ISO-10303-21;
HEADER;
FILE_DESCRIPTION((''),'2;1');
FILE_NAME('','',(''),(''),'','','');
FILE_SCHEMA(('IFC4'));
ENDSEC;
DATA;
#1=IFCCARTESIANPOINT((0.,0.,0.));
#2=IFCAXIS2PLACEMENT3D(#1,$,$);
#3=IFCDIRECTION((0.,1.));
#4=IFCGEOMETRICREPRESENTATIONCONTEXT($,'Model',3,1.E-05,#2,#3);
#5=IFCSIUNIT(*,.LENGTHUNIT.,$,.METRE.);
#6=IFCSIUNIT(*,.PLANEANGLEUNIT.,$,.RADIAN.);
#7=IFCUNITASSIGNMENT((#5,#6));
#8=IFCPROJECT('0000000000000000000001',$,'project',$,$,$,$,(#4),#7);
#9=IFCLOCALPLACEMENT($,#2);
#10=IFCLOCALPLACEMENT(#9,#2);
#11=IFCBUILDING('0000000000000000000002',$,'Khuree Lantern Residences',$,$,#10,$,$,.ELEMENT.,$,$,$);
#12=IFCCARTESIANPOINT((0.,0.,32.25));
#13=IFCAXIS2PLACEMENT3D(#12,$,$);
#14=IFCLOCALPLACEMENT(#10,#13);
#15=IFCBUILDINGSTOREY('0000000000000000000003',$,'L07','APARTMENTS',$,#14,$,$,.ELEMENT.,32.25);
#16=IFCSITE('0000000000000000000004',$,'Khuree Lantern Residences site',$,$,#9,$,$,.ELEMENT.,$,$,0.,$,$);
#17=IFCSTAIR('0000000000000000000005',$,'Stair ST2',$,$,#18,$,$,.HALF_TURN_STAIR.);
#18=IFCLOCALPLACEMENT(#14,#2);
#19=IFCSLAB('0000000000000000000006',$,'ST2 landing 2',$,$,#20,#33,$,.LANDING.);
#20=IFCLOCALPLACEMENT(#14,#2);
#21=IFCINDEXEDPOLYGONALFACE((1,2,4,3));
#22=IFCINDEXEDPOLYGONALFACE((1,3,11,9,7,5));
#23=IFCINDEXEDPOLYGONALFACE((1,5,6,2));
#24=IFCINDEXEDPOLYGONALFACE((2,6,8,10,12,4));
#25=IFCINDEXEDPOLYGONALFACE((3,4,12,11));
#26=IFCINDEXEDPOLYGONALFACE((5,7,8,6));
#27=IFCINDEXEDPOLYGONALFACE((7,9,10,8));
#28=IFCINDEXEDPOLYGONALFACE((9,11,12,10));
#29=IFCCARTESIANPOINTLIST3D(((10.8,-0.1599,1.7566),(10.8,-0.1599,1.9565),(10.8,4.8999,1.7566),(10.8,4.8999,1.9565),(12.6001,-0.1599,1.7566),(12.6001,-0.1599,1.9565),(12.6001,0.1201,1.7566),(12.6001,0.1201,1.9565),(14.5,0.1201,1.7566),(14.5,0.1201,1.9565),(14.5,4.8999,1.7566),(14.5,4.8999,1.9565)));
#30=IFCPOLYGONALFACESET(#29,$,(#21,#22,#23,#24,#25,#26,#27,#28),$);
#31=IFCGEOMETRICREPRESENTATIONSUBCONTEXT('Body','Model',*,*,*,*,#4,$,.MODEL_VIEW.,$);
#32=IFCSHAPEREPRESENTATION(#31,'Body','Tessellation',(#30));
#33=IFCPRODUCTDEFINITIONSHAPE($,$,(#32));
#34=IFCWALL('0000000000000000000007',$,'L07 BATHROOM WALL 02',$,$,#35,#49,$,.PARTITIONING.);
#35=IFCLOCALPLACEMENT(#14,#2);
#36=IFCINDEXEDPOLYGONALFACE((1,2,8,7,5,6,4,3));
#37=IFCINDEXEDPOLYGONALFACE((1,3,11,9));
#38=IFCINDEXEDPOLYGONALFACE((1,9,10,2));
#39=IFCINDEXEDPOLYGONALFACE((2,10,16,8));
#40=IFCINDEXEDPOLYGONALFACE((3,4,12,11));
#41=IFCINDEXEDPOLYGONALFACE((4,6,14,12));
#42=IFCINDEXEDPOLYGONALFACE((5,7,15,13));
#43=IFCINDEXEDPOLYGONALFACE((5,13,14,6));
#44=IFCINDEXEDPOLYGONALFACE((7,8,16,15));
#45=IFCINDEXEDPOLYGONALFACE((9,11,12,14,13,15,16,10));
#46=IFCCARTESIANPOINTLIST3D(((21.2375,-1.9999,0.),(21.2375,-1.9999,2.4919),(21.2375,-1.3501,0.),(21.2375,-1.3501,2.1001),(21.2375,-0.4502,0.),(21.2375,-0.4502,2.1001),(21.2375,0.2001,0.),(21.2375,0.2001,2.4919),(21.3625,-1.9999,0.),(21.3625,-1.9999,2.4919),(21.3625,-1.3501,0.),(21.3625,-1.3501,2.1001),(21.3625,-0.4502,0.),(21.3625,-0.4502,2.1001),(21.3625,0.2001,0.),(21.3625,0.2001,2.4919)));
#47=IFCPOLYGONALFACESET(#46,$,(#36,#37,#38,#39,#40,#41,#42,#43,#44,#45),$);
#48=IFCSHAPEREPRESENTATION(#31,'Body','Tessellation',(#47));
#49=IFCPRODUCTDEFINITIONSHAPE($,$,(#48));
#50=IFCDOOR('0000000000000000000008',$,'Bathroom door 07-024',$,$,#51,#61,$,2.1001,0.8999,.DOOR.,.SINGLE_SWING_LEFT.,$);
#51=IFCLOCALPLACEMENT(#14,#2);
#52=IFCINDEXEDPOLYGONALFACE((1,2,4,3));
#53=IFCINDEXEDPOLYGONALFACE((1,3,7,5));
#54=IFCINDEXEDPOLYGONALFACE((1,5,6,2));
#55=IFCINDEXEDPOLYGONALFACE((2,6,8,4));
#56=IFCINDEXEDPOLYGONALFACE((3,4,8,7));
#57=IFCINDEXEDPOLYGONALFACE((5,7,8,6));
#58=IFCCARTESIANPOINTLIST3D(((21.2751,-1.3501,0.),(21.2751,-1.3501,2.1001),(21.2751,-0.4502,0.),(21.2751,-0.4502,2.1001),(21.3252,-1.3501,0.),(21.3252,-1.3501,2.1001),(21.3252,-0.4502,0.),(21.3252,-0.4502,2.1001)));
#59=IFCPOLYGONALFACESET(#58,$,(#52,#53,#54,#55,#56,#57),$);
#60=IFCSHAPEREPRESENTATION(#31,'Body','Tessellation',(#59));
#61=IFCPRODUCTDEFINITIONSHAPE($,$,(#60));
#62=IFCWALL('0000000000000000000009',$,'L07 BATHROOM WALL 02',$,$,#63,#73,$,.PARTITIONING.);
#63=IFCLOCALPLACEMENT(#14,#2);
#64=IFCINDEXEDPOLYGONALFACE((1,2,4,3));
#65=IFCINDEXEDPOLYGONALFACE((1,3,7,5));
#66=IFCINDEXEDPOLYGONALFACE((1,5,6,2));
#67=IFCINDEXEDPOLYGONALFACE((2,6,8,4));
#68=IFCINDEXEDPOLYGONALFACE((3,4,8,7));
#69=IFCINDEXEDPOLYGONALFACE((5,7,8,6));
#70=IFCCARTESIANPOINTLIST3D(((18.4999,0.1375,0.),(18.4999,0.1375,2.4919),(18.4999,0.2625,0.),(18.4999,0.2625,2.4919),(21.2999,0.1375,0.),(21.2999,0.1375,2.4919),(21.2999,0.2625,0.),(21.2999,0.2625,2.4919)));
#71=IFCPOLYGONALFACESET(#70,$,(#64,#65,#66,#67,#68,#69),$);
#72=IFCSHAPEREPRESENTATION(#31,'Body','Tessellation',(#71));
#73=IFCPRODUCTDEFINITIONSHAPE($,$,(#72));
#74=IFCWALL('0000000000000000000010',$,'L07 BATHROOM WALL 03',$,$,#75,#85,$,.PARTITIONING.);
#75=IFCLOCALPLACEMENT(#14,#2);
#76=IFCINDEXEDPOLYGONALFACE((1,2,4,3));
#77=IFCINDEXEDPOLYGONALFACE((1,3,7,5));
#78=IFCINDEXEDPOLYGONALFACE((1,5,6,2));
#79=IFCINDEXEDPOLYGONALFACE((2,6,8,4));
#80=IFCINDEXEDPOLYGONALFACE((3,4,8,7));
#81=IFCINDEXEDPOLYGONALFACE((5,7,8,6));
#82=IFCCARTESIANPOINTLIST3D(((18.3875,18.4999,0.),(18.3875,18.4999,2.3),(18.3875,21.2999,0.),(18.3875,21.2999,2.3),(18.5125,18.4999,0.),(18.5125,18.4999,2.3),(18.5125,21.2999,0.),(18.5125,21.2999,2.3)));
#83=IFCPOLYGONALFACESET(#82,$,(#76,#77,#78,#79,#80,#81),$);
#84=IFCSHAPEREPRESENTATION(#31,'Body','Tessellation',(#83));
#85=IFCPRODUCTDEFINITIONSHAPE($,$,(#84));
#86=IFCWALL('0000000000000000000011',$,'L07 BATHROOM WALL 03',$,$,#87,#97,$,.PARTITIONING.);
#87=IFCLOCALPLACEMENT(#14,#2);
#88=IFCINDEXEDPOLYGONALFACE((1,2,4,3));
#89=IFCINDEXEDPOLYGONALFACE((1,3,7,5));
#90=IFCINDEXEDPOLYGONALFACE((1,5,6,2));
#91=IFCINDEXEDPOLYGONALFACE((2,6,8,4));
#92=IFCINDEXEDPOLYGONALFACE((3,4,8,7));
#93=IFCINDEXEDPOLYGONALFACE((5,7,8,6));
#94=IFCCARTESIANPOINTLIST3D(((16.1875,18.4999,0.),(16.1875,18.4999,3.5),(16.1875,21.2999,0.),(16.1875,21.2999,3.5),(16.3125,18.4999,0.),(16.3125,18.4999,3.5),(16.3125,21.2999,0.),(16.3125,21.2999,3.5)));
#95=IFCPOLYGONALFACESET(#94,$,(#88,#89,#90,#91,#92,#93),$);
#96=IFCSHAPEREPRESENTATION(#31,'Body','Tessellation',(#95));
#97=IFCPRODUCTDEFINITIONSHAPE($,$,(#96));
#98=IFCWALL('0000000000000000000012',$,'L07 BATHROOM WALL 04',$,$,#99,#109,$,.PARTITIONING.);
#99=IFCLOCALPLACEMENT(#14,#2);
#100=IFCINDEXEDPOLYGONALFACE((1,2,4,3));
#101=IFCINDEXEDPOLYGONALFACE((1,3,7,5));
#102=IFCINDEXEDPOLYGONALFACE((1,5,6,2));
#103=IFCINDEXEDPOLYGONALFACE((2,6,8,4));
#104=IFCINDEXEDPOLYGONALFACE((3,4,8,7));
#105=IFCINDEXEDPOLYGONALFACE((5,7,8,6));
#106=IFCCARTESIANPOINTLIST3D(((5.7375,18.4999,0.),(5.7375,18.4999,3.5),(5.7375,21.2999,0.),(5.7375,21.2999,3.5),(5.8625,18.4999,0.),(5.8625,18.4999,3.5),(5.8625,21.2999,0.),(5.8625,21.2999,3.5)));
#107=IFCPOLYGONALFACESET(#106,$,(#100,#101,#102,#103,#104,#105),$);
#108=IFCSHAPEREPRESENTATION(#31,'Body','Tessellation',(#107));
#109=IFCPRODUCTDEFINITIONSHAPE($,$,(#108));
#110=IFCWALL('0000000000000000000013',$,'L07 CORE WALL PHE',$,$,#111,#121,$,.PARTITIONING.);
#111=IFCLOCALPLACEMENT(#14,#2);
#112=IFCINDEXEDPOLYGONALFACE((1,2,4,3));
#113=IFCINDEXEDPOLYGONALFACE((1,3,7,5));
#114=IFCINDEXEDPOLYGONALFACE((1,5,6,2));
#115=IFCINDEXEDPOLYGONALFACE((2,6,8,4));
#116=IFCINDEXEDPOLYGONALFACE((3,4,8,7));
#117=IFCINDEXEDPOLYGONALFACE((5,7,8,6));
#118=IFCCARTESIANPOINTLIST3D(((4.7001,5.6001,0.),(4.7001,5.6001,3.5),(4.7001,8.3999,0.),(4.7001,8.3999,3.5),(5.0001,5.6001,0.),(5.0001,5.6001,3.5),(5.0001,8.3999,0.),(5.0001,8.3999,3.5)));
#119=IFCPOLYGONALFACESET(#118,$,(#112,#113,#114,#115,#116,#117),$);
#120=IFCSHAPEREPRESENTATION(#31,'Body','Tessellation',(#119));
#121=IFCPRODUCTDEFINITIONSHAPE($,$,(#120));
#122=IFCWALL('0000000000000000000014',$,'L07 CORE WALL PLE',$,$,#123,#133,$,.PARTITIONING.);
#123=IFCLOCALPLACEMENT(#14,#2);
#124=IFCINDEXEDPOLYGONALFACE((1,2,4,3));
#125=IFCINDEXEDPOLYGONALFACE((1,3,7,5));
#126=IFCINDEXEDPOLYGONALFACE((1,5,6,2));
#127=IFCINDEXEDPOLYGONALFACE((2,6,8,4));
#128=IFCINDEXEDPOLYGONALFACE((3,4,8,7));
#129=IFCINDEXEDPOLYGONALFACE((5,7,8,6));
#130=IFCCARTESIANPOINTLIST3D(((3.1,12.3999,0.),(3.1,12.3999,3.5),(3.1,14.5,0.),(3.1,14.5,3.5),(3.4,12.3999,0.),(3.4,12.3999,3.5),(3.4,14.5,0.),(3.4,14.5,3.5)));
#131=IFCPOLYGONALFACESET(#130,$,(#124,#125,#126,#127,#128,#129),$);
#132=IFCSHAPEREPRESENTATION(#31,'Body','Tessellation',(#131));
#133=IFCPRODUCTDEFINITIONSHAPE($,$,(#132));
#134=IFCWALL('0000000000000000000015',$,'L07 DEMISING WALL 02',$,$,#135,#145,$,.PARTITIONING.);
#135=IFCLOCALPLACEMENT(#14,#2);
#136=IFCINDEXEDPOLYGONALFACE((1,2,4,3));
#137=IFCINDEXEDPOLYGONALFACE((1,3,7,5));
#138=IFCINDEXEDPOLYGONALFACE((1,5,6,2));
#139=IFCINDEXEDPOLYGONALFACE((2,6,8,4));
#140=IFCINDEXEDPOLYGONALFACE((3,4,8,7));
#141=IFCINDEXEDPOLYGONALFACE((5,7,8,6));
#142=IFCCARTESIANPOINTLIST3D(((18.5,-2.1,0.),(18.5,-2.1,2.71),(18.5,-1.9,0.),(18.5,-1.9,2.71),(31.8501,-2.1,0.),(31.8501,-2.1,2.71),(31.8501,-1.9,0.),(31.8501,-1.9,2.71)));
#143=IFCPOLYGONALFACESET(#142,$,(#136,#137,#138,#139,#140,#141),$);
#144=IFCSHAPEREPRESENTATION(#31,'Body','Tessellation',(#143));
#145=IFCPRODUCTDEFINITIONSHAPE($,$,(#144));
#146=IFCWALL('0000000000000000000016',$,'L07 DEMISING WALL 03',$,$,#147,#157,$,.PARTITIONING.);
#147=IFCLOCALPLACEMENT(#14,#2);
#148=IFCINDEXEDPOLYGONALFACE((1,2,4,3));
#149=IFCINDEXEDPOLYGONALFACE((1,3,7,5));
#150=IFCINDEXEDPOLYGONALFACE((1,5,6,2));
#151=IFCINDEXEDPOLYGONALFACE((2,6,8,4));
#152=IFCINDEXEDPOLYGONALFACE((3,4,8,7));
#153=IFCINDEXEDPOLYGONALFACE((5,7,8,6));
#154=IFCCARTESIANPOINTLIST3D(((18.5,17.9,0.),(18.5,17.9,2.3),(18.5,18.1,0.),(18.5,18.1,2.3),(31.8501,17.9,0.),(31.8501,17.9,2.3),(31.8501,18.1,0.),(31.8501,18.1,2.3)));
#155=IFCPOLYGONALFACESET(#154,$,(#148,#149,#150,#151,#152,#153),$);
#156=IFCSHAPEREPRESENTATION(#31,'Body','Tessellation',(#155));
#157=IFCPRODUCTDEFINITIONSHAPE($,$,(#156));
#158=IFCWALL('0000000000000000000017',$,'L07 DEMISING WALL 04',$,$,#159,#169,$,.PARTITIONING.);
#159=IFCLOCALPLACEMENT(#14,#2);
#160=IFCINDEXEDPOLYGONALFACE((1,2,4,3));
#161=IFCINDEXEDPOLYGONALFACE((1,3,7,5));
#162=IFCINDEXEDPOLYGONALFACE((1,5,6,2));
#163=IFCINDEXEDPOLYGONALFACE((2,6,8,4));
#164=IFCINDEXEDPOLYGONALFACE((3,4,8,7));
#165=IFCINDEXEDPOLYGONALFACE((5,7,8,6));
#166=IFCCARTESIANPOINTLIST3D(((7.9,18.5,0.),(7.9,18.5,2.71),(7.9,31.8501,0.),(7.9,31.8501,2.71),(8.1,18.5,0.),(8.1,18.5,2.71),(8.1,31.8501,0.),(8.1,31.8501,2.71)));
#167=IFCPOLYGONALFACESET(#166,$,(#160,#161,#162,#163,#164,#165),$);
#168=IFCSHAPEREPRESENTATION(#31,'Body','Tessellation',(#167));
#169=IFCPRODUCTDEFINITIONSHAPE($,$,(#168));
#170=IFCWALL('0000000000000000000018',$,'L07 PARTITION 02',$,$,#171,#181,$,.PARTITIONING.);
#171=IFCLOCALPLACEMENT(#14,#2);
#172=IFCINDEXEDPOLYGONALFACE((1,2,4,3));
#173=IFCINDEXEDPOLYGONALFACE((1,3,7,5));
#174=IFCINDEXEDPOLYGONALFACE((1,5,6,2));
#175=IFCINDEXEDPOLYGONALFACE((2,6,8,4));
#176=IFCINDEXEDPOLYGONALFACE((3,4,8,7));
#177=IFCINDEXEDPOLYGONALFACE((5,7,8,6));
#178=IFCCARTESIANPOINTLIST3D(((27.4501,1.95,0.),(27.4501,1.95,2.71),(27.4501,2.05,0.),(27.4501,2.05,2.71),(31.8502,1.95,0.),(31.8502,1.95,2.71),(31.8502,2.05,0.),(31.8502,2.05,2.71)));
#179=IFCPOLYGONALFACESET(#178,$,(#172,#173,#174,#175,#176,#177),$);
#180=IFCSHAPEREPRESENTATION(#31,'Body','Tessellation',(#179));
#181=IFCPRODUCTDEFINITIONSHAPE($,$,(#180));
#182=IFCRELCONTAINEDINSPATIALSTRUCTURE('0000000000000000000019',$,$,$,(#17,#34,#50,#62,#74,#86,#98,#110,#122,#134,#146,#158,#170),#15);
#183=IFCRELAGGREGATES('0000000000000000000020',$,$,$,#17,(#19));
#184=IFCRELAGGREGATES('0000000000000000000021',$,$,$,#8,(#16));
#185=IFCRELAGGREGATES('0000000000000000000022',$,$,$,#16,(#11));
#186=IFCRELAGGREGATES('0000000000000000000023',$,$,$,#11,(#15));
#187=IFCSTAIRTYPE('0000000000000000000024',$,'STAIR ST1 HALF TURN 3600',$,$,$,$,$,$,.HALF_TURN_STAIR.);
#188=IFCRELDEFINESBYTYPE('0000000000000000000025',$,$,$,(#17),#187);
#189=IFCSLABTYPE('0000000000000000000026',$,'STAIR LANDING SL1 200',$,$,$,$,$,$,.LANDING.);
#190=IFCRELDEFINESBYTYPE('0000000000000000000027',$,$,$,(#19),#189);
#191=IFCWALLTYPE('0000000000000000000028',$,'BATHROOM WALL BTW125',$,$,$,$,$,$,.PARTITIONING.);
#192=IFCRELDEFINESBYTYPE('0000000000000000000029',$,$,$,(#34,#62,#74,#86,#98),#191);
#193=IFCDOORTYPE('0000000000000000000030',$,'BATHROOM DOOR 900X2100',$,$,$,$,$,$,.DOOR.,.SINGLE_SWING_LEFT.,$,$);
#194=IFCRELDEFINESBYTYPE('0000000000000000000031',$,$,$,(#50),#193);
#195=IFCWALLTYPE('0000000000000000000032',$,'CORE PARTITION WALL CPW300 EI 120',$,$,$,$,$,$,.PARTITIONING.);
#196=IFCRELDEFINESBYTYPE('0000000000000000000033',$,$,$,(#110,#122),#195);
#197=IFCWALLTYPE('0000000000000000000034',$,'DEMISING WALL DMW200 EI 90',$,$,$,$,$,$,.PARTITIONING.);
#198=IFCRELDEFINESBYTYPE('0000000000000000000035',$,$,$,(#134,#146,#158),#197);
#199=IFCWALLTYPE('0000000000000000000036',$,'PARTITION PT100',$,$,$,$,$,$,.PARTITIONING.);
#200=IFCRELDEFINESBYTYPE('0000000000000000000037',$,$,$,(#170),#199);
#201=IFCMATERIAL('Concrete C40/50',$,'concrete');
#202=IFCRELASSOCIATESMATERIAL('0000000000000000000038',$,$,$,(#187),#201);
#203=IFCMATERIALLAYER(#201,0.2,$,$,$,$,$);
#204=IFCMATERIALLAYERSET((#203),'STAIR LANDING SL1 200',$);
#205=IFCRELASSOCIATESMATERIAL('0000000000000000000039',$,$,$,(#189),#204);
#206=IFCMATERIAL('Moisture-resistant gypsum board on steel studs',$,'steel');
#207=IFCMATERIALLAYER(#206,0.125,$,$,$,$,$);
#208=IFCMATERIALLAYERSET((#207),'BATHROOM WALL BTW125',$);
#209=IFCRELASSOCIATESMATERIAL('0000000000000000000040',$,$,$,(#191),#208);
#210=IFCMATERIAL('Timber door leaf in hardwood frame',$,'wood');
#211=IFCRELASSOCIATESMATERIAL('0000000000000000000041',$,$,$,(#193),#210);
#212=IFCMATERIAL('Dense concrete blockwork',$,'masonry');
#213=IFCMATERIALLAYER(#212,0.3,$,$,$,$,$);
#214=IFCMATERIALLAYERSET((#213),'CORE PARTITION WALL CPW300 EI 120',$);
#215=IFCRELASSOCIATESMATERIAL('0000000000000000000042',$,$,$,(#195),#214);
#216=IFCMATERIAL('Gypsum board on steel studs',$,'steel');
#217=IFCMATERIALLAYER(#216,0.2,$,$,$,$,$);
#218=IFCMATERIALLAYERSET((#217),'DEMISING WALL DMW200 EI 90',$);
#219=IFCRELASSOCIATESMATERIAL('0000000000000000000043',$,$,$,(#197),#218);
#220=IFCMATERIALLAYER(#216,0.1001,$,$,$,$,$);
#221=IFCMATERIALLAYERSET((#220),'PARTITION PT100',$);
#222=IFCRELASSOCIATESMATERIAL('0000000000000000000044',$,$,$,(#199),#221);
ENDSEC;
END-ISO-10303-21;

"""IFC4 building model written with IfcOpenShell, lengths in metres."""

from ifc_helpers import new_model, si_unit, direction, frame, frame_2d, origin, place, context, subcontext, project, spatial, polyline, rectangle, outline, extrude, material, layer, layer_set, type_object, element, fill, aggregate, save


model = new_model("IFC4")

# Units and contexts
model_context = context("Model", 3, precision=1e-05, world=origin(), true_north=direction((0.0, 1.0)))
body_context = subcontext(model_context, "Body", "Model", "MODEL_VIEW")
ifc_project = project(units=[si_unit("LENGTHUNIT", "METRE"), si_unit("PLANEANGLEUNIT", "RADIAN")], contexts=[model_context])

# Site, building, storey
site_placement = place(None, origin())
site = spatial("IfcSite", under=ifc_project, at=site_placement, Name="Khuree Lantern Residences site", CompositionType="ELEMENT", RefElevation=0.0)
building_placement = place(site_placement, origin())
building = spatial("IfcBuilding", under=site, at=building_placement, Name="Khuree Lantern Residences", CompositionType="ELEMENT")
storey_placement = place(building_placement, frame((0.0, 0.0, 32.25)))
storey = spatial("IfcBuildingStorey", under=building, at=storey_placement, Name="L07", Description="APARTMENTS", CompositionType="ELEMENT", Elevation=32.25)

# Stair, slab
ifc_material_1 = material(Name="Concrete C40/50", Category="concrete")
stair_type = type_object("IfcStairType", Name="STAIR ST1 HALF TURN 3600", PredefinedType="HALF_TURN_STAIR", material=ifc_material_1)
ifc_layer_1 = layer(ifc_material_1, 0.2)
ifc_layer_set_1 = layer_set([ifc_layer_1], Name="STAIR LANDING SL1 200")
slab_type_1 = type_object("IfcSlabType", Name="STAIR LANDING SL1 200", PredefinedType="LANDING", material=ifc_layer_set_1)
stair_1_placement = place(storey_placement, origin())
stair_1 = element("IfcStair", 1, at=stair_1_placement, inside=storey, type_object=stair_type, Name="Stair ST2", PredefinedType="HALF_TURN_STAIR")
slab_1_placement = place(storey_placement, frame((0.0, 0.0, 1.7566)))
slab_1 = element("IfcSlab", 2, at=slab_1_placement, type_object=slab_type_1, Name="ST2 landing 2", PredefinedType="LANDING", context=body_context, shape_type="SweptSolid", body=[
    extrude(outline(polyline([(14.5, 4.8999), (14.5, 0.1201), (12.6001, 0.1201), (12.6001, -0.1599), (10.8, -0.1599), (10.8, 4.8999), (14.5, 4.8999)])), origin(), (0.0, 0.0, 1.0), 0.2),
])

# Wall, opening, door
ifc_material_2 = material(Name="Moisture-resistant gypsum board on steel studs", Category="steel")
ifc_layer_2 = layer(ifc_material_2, 0.125)
ifc_layer_set_2 = layer_set([ifc_layer_2], Name="BATHROOM WALL BTW125")
wall_type_1 = type_object("IfcWallType", Name="BATHROOM WALL BTW125", PredefinedType="PARTITIONING", material=ifc_layer_set_2)
wall_1_placement = place(storey_placement, frame((21.3, -2.0, 0.0), z_axis=(0.0, 0.0, 1.0), x_axis=(0.0, 1.0, 0.0)))
wall_1 = element("IfcWall", 3, at=wall_1_placement, inside=storey, type_object=wall_type_1, Name="L07 BATHROOM WALL 02", PredefinedType="PARTITIONING", context=body_context, shape_type="SweptSolid", body=[
    extrude(rectangle(XDim=2.2, YDim=0.125, at=frame_2d((1.1001, 0.0))), origin(), (0.0, 0.0, 1.0), 2.4919),
])
opening_placement = place(wall_1_placement, frame((0.6499, 0.0, 0.0)))
opening = element("IfcOpeningElement", 4, at=opening_placement, cuts=wall_1, PredefinedType="OPENING", context=body_context, shape_type="SweptSolid", body=[
    extrude(rectangle(XDim=0.8999, YDim=2.1001, at=frame_2d((0.45, 1.05))), frame((0.0, 0.0725, 0.0), z_axis=(0.0, -1.0, 0.0), x_axis=(1.0, 0.0, 0.0)), (0.0, 0.0, 1.0), 0.145),
])
ifc_material_3 = material(Name="Timber door leaf in hardwood frame", Category="wood")
door_type = type_object("IfcDoorType", Name="BATHROOM DOOR 900X2100", OperationType="SINGLE_SWING_LEFT", PredefinedType="DOOR", material=ifc_material_3)
door_placement = place(opening_placement, origin())
door = element("IfcDoor", 5, at=door_placement, inside=storey, type_object=door_type, Name="Bathroom door 07-024", OperationType="SINGLE_SWING_LEFT", OverallHeight=2.1001, OverallWidth=0.8999, PredefinedType="DOOR", context=body_context, shape_type="SweptSolid", body=[
    extrude(rectangle(XDim=0.8999, YDim=2.1001, at=frame_2d((0.45, 1.05))), frame((0.0, 0.0249, 0.0), z_axis=(0.0, -1.0, 0.0), x_axis=(1.0, 0.0, 0.0)), (0.0, 0.0, 1.0), 0.05),
])
fill(opening, door)

# Walls
wall_2_placement = place(storey_placement, frame((18.5, 0.2, 0.0), z_axis=(0.0, 0.0, 1.0), x_axis=(1.0, 0.0, 0.0)))
element("IfcWall", 6, at=wall_2_placement, inside=storey, type_object=wall_type_1, Name="L07 BATHROOM WALL 02", PredefinedType="PARTITIONING", context=body_context, shape_type="SweptSolid", body=[
    extrude(rectangle(XDim=2.8, YDim=0.125, at=frame_2d((1.3999, 0.0))), origin(), (0.0, 0.0, 1.0), 2.4919),
])
wall_3_placement = place(storey_placement, frame((18.45, 18.5, 0.0), z_axis=(0.0, 0.0, 1.0), x_axis=(0.0, 1.0, 0.0)))
element("IfcWall", 7, at=wall_3_placement, inside=storey, type_object=wall_type_1, Name="L07 BATHROOM WALL 03", PredefinedType="PARTITIONING", context=body_context, shape_type="SweptSolid", body=[
    extrude(rectangle(XDim=2.8, YDim=0.125, at=frame_2d((1.3999, 0.0))), origin(), (0.0, 0.0, 1.0), 2.3),
])
for number, where, z_axis, x_axis, name in (
    (8, (16.25, 18.5, 0.0), (0.0, 0.0, 1.0), (0.0, 1.0, 0.0), "L07 BATHROOM WALL 03"),
    (9, (5.8, 18.5, 0.0), (0.0, 0.0, 1.0), (0.0, 1.0, 0.0), "L07 BATHROOM WALL 04"),
):
    element("IfcWall", number, at=place(storey_placement, frame(where, z_axis=z_axis, x_axis=x_axis)), inside=storey, type_object=wall_type_1, Name=name, PredefinedType="PARTITIONING", context=body_context, shape_type="SweptSolid", body=[
        extrude(rectangle(XDim=2.8, YDim=0.125, at=frame_2d((1.3999, 0.0))), origin(), (0.0, 0.0, 1.0), 3.5),
    ])
ifc_material_4 = material(Name="Dense concrete blockwork", Category="masonry")
ifc_layer_3 = layer(ifc_material_4, 0.3)
ifc_layer_set_3 = layer_set([ifc_layer_3], Name="CORE PARTITION WALL CPW300 EI 120")
wall_type_2 = type_object("IfcWallType", Name="CORE PARTITION WALL CPW300 EI 120", PredefinedType="PARTITIONING", material=ifc_layer_set_3)
wall_4_placement = place(storey_placement, frame((4.8501, 5.6001, 0.0), z_axis=(0.0, 0.0, 1.0), x_axis=(0.0, 1.0, 0.0)))
element("IfcWall", 10, at=wall_4_placement, inside=storey, type_object=wall_type_2, Name="L07 CORE WALL PHE", PredefinedType="PARTITIONING", context=body_context, shape_type="SweptSolid", body=[
    extrude(rectangle(XDim=2.7998, YDim=0.3, at=frame_2d((1.3999, 0.0))), origin(), (0.0, 0.0, 1.0), 3.5),
])
wall_5_placement = place(storey_placement, frame((3.25, 12.3999, 0.0), z_axis=(0.0, 0.0, 1.0), x_axis=(0.0, 1.0, 0.0)))
element("IfcWall", 11, at=wall_5_placement, inside=storey, type_object=wall_type_2, Name="L07 CORE WALL PLE", PredefinedType="PARTITIONING", context=body_context, shape_type="SweptSolid", body=[
    extrude(rectangle(XDim=2.1001, YDim=0.3, at=frame_2d((1.05, 0.0))), origin(), (0.0, 0.0, 1.0), 3.5),
])
ifc_material_5 = material(Name="Gypsum board on steel studs", Category="steel")
ifc_layer_4 = layer(ifc_material_5, 0.2)
ifc_layer_set_4 = layer_set([ifc_layer_4], Name="DEMISING WALL DMW200 EI 90")
wall_type_3 = type_object("IfcWallType", Name="DEMISING WALL DMW200 EI 90", PredefinedType="PARTITIONING", material=ifc_layer_set_4)
wall_6_placement = place(storey_placement, frame((18.5, -2.0, 0.0), z_axis=(0.0, 0.0, 1.0), x_axis=(1.0, 0.0, 0.0)))
element("IfcWall", 12, at=wall_6_placement, inside=storey, type_object=wall_type_3, Name="L07 DEMISING WALL 02", PredefinedType="PARTITIONING", context=body_context, shape_type="SweptSolid", body=[
    extrude(rectangle(XDim=13.3501, YDim=0.2, at=frame_2d((6.675, 0.0))), origin(), (0.0, 0.0, 1.0), 2.71),
])
wall_7_placement = place(storey_placement, frame((18.5, 18.0, 0.0), z_axis=(0.0, 0.0, 1.0), x_axis=(1.0, 0.0, 0.0)))
element("IfcWall", 13, at=wall_7_placement, inside=storey, type_object=wall_type_3, Name="L07 DEMISING WALL 03", PredefinedType="PARTITIONING", context=body_context, shape_type="SweptSolid", body=[
    extrude(rectangle(XDim=13.3501, YDim=0.2, at=frame_2d((6.675, 0.0))), origin(), (0.0, 0.0, 1.0), 2.3),
])
wall_8_placement = place(storey_placement, frame((8.0, 18.5, 0.0), z_axis=(0.0, 0.0, 1.0), x_axis=(0.0, 1.0, 0.0)))
element("IfcWall", 14, at=wall_8_placement, inside=storey, type_object=wall_type_3, Name="L07 DEMISING WALL 04", PredefinedType="PARTITIONING", context=body_context, shape_type="SweptSolid", body=[
    extrude(rectangle(XDim=13.3501, YDim=0.2, at=frame_2d((6.675, 0.0))), origin(), (0.0, 0.0, 1.0), 2.71),
])
ifc_layer_5 = layer(ifc_material_5, 0.1001)
ifc_layer_set_5 = layer_set([ifc_layer_5], Name="PARTITION PT100")
wall_type_4 = type_object("IfcWallType", Name="PARTITION PT100", PredefinedType="PARTITIONING", material=ifc_layer_set_5)
wall_9_placement = place(storey_placement, frame((27.45, 2.0, 0.0), z_axis=(0.0, 0.0, 1.0), x_axis=(1.0, 0.0, 0.0)))
element("IfcWall", 15, at=wall_9_placement, inside=storey, type_object=wall_type_4, Name="L07 PARTITION 02", PredefinedType="PARTITIONING", context=body_context, shape_type="SweptSolid", body=[
    extrude(rectangle(XDim=4.4001, YDim=0.1001, at=frame_2d((2.2002, 0.0))), origin(), (0.0, 0.0, 1.0), 2.71),
])

aggregate(stair_1, [slab_1])

save(model, "model.ifc")
